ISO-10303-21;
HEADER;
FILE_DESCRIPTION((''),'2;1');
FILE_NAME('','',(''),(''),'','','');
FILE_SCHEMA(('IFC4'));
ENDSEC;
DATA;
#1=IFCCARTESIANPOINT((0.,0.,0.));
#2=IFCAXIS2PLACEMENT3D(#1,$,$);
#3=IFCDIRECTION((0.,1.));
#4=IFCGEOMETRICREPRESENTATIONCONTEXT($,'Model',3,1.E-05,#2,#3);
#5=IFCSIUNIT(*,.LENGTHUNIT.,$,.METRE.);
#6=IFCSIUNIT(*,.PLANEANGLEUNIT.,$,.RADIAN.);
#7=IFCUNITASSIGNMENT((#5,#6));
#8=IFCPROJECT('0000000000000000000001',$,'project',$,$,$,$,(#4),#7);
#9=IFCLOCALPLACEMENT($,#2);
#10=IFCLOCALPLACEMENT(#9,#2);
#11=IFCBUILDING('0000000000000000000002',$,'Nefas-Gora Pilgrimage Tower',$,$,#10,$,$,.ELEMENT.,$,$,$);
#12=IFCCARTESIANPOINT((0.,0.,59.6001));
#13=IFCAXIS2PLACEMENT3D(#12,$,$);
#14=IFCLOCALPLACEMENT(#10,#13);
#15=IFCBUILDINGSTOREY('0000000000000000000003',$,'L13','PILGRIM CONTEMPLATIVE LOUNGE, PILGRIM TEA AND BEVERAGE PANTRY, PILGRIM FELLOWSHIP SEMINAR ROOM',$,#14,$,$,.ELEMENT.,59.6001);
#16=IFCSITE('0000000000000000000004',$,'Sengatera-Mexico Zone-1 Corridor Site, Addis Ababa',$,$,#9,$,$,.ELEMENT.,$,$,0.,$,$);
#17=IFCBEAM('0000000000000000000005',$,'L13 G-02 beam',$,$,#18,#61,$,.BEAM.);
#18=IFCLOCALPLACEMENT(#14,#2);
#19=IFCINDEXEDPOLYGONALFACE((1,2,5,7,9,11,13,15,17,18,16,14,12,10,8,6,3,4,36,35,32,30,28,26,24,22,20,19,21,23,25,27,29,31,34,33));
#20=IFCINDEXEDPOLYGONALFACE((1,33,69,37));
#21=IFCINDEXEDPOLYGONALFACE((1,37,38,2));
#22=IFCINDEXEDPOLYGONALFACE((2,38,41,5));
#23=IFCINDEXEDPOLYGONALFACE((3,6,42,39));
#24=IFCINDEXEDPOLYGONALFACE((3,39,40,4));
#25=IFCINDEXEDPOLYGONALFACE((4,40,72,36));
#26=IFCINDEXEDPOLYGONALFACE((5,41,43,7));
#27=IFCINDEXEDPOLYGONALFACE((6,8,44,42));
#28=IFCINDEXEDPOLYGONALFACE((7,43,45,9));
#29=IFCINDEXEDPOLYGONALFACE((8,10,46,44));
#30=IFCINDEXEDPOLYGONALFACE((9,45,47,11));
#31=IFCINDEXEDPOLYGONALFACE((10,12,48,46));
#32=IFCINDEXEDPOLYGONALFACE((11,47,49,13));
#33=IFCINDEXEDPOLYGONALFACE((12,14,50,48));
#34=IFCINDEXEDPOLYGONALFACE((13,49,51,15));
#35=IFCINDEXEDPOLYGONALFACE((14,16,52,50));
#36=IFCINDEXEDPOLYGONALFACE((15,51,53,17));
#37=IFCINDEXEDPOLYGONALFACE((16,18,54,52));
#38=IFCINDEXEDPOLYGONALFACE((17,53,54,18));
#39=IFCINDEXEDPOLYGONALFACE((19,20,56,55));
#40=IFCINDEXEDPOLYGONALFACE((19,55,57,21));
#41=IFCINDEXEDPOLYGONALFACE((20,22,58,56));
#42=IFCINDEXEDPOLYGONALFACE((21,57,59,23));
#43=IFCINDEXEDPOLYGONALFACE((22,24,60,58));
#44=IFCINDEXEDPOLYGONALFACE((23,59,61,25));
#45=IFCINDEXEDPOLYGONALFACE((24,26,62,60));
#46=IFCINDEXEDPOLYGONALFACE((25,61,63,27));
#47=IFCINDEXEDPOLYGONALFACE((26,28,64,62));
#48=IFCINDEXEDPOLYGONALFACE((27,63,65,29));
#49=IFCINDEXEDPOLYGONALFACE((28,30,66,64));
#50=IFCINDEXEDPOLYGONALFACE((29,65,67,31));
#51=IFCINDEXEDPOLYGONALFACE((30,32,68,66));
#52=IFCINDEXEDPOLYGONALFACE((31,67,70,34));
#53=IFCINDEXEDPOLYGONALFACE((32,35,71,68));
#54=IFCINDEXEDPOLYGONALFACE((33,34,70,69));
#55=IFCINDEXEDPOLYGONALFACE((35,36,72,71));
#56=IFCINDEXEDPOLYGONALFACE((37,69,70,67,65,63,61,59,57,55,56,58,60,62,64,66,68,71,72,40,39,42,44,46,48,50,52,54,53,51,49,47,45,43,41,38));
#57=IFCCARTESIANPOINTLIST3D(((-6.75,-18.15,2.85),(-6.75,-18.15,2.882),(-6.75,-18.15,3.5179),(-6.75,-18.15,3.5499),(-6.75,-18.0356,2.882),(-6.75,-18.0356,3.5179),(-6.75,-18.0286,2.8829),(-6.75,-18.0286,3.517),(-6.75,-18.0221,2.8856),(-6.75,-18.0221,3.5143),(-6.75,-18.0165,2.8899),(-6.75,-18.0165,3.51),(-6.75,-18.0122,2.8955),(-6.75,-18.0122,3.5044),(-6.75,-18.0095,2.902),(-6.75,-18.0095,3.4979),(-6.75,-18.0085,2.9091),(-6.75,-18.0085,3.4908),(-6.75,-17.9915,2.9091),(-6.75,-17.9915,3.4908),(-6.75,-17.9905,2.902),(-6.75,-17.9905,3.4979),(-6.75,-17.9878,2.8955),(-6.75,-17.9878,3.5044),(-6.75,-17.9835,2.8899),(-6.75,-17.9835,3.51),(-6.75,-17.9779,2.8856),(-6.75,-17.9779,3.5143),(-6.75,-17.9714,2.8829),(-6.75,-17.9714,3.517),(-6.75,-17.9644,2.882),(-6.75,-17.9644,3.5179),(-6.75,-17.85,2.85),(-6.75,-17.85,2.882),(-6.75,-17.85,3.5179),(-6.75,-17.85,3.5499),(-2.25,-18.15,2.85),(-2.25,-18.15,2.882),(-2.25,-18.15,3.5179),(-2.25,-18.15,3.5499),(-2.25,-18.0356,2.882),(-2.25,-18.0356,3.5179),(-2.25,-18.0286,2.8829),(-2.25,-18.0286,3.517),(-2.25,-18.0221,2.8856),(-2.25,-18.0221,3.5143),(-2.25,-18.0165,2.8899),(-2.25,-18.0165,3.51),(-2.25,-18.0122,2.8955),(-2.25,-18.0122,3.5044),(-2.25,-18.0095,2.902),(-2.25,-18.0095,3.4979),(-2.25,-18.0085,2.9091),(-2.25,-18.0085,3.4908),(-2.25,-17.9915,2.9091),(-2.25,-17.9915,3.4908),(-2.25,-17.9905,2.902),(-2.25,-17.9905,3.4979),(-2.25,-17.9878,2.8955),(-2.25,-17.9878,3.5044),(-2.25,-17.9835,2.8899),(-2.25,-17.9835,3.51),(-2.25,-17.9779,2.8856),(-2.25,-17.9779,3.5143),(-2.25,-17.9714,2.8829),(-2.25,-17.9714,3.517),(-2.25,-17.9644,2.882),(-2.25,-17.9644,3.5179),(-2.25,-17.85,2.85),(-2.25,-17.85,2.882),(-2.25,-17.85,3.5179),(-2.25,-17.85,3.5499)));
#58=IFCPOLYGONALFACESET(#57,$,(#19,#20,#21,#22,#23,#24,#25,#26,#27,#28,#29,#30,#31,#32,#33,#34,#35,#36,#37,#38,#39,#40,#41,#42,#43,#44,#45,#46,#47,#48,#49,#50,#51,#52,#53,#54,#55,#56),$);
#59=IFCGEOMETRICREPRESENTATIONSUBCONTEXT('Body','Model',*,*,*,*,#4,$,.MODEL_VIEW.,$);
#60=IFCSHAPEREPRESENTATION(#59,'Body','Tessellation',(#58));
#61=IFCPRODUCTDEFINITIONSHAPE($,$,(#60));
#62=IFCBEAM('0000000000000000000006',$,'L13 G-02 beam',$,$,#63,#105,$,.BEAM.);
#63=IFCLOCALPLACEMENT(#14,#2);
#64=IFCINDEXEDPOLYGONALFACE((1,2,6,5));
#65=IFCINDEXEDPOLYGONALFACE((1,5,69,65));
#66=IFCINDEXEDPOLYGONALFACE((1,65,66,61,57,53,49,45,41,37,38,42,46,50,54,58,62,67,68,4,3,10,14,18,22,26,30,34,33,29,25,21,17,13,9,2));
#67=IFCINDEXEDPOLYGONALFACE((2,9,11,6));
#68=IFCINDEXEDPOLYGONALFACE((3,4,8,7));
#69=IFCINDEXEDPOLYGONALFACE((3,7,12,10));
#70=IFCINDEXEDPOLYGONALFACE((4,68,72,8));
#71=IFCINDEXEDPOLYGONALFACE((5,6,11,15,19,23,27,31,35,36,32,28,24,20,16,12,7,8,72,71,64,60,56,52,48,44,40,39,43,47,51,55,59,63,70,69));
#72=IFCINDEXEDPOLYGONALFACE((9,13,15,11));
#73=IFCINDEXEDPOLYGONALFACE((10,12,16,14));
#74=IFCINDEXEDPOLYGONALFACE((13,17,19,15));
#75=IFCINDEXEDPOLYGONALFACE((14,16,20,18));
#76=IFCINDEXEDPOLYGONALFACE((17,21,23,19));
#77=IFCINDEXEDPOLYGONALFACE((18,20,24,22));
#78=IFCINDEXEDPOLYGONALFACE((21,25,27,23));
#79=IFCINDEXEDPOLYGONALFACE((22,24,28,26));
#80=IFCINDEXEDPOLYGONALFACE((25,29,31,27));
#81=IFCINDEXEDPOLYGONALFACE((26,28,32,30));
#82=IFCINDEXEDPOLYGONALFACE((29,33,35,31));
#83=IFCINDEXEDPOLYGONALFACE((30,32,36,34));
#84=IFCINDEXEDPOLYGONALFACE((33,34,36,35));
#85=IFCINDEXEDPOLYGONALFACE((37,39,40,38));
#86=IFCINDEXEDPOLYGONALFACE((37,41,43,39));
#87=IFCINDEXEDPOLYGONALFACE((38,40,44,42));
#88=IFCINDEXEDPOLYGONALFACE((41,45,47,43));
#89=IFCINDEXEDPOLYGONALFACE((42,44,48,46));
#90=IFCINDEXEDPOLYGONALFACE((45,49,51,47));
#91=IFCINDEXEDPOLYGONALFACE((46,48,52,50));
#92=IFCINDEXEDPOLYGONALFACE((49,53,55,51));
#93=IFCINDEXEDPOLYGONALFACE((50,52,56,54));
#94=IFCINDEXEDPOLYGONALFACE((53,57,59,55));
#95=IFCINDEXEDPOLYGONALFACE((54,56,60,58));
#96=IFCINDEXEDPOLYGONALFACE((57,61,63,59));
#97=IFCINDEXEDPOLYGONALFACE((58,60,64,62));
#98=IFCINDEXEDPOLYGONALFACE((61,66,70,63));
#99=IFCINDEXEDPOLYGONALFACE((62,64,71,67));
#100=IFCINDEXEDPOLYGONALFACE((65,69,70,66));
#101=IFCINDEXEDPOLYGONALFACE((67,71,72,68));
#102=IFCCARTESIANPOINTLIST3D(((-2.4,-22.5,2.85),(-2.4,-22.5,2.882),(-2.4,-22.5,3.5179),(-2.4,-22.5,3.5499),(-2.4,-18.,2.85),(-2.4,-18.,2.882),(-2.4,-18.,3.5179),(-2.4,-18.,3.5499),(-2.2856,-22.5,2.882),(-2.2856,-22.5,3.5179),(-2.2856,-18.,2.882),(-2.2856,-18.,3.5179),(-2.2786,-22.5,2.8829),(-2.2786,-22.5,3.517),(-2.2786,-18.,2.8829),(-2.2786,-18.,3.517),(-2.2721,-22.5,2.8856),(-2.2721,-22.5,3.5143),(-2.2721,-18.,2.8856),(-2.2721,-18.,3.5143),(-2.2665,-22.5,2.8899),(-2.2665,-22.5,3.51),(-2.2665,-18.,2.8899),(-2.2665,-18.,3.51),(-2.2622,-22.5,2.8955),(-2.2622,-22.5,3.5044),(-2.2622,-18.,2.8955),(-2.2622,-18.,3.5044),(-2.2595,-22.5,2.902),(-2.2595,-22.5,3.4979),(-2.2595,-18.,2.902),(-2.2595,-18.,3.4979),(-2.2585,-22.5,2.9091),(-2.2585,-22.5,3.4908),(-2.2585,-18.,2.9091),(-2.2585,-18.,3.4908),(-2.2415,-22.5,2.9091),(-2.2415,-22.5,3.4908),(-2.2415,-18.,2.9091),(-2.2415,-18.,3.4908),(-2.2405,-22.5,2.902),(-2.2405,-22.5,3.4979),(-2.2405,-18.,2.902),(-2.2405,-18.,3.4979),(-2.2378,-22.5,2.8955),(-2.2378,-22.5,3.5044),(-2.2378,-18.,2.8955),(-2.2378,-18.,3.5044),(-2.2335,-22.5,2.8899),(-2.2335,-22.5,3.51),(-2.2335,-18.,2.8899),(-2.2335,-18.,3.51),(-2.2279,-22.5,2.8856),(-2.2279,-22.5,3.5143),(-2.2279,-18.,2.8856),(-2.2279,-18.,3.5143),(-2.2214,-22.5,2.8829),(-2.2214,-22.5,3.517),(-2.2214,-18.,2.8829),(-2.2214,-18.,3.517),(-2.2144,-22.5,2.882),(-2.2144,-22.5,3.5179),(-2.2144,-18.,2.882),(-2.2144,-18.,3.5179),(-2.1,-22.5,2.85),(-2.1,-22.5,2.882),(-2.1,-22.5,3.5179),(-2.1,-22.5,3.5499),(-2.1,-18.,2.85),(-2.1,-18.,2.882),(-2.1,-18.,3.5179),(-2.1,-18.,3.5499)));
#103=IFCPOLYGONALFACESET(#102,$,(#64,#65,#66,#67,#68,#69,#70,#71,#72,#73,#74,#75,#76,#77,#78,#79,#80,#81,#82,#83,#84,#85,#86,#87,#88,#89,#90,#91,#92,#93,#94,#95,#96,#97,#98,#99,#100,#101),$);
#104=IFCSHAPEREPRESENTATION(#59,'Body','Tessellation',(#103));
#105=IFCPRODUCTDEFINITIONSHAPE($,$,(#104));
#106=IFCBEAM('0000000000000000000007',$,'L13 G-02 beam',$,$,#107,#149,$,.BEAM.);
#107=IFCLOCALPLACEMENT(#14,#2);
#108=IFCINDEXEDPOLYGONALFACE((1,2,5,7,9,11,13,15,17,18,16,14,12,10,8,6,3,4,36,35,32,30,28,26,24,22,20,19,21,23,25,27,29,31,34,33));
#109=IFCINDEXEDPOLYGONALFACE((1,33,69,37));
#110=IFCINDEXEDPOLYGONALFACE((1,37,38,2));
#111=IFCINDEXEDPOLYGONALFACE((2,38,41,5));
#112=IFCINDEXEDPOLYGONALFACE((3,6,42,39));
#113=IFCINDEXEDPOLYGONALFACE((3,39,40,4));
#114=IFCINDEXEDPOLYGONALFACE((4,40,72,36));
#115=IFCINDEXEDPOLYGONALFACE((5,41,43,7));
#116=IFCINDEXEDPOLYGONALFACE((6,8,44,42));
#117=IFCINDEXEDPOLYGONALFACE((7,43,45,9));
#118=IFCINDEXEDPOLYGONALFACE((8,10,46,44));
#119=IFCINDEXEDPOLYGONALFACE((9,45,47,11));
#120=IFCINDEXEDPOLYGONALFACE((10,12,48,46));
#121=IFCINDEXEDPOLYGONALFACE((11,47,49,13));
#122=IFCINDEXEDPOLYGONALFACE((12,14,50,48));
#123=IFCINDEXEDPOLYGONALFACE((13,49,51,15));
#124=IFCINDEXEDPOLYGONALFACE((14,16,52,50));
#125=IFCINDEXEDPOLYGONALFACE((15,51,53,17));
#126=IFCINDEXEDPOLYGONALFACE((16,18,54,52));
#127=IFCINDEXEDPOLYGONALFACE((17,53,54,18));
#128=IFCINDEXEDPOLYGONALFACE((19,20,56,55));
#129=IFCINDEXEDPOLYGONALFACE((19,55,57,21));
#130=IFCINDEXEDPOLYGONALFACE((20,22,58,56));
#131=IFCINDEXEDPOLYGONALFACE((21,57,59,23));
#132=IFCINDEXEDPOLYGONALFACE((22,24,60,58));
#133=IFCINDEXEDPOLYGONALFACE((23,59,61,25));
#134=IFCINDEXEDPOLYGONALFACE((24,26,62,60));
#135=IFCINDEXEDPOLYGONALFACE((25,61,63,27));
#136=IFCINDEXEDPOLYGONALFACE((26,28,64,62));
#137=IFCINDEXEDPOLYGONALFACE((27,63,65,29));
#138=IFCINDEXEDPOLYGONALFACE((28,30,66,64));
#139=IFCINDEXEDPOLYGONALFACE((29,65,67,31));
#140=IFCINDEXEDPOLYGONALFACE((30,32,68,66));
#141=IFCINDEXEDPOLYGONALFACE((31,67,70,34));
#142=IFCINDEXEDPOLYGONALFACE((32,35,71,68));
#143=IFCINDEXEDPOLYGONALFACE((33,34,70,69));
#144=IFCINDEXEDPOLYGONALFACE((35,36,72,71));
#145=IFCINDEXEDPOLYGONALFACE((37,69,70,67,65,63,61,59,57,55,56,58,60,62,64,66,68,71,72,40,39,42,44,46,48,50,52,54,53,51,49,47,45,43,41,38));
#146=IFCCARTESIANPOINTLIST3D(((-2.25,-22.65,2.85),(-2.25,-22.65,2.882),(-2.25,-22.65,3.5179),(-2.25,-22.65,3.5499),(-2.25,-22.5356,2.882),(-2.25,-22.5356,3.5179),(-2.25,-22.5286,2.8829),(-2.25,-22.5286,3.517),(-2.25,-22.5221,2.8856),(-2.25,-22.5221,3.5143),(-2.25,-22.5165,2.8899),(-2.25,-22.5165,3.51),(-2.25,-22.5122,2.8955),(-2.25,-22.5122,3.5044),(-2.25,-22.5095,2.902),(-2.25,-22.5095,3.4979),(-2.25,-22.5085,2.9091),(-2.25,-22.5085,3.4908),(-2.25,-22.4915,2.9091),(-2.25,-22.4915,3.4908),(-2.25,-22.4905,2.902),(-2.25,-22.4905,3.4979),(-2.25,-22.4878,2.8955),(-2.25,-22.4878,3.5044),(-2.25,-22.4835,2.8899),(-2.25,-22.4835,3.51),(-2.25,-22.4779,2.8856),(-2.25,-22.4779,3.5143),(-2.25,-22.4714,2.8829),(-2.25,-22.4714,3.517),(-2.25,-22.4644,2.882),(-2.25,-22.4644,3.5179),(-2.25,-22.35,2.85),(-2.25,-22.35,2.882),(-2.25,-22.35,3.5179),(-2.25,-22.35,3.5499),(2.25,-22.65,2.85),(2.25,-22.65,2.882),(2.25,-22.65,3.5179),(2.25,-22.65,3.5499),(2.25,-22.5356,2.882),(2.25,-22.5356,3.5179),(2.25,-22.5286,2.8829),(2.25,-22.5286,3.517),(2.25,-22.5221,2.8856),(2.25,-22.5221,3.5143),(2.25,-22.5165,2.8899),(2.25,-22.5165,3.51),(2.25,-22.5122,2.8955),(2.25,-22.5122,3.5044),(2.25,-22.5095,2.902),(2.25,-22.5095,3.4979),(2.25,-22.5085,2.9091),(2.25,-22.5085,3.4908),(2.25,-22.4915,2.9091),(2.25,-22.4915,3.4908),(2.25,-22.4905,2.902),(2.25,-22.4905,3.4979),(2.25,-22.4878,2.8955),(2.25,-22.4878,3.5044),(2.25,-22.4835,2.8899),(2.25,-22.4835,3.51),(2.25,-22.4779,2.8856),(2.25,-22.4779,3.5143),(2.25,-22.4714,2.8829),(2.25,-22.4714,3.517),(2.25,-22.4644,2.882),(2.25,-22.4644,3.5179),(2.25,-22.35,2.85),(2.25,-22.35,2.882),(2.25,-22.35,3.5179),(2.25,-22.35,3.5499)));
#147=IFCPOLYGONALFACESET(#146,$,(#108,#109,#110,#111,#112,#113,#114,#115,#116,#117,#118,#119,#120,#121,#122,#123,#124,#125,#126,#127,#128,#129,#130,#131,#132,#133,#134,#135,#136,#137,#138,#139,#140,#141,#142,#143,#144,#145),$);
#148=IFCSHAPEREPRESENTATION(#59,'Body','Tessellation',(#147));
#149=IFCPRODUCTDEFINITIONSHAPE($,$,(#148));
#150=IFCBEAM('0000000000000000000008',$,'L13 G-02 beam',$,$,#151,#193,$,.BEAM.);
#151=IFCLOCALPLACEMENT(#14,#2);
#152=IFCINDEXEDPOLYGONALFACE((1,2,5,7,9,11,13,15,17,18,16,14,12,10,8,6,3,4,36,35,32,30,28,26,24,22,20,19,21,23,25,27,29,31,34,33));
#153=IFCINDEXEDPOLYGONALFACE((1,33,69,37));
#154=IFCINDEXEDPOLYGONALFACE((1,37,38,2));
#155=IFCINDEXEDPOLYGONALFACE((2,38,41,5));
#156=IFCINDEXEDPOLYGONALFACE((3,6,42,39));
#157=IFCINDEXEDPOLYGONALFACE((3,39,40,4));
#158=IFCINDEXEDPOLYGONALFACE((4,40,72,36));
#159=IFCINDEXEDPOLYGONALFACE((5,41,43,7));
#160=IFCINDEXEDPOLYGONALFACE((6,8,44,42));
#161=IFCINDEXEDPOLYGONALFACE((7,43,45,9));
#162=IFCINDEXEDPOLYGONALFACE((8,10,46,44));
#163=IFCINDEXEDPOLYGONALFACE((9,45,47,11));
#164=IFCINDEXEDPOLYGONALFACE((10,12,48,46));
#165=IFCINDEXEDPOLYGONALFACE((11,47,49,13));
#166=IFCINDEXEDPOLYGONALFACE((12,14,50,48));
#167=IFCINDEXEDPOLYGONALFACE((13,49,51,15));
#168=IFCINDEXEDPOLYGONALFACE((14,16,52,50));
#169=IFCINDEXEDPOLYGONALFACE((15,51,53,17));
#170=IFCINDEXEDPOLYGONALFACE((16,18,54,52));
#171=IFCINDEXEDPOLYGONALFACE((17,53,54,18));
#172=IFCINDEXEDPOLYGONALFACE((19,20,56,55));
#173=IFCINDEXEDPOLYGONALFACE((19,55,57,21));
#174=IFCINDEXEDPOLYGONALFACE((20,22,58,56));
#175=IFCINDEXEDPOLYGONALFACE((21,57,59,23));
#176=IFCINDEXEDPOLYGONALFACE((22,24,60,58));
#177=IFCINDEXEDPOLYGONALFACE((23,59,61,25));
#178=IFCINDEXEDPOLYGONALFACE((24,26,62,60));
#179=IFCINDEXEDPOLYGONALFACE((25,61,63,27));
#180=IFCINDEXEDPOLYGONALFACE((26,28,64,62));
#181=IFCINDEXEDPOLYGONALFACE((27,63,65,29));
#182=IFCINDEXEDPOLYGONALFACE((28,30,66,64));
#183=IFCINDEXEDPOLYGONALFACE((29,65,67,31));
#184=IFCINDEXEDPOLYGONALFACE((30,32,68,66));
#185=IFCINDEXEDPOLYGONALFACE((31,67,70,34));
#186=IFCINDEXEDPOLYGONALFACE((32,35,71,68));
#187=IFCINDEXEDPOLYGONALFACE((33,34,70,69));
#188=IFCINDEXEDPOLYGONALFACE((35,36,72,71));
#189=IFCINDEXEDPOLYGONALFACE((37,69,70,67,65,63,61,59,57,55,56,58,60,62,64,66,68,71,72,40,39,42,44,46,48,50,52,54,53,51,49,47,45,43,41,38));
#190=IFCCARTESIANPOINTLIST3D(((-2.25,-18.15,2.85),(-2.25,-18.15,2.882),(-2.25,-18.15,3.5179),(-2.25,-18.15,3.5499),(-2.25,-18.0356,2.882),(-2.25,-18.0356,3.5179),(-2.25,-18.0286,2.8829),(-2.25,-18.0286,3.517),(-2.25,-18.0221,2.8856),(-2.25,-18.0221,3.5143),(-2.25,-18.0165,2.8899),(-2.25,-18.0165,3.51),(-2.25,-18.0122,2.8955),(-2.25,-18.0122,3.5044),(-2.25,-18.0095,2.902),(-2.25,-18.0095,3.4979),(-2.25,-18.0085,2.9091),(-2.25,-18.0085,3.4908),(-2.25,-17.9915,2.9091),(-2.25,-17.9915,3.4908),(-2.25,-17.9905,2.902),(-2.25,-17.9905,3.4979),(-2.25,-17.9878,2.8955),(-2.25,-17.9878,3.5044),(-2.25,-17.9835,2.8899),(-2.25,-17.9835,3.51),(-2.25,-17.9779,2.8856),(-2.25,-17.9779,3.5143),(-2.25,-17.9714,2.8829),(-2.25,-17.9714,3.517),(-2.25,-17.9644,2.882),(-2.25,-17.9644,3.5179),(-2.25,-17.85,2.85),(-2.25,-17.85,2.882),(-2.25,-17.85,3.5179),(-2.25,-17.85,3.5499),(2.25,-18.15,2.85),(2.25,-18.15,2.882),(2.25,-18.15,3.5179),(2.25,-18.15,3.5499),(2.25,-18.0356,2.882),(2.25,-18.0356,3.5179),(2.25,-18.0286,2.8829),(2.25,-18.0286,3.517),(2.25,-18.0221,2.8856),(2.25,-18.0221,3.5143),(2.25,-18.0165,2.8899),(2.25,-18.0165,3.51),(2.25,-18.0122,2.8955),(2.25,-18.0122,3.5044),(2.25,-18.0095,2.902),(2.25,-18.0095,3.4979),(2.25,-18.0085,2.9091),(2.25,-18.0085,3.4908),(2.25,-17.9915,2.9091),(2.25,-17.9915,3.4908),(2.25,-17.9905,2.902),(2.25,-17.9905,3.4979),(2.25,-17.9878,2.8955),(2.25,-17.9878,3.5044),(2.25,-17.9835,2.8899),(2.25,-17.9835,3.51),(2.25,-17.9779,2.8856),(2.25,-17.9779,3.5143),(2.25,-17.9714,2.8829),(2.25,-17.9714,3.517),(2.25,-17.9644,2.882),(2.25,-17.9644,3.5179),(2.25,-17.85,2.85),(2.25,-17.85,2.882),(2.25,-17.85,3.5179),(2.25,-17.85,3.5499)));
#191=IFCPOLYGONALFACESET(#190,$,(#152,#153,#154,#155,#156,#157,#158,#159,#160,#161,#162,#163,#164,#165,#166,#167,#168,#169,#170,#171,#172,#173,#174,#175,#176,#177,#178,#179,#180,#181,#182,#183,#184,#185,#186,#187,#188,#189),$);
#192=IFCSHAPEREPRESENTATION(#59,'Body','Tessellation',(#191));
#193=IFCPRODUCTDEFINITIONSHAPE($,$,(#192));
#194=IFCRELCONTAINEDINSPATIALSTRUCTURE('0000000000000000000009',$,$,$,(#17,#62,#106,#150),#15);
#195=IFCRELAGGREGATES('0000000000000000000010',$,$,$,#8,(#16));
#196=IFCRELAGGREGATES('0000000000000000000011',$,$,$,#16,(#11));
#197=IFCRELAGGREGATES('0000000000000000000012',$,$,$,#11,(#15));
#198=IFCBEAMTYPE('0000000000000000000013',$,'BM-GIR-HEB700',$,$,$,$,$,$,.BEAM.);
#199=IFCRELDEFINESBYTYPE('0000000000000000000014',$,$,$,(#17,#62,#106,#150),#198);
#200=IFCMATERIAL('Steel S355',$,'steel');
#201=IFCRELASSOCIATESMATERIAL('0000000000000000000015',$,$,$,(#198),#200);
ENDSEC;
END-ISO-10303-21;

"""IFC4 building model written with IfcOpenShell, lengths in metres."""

from ifc_helpers import new_model, si_unit, direction, frame, origin, origin_2d, place, context, subcontext, project, spatial, i_section, extrude, source, transform, mapped, material, material_profile, profile_set, type_object, element, save


model = new_model("IFC4")

# Units and contexts
model_context = context("Model", 3, precision=1e-05, world=origin(), true_north=direction((0.0, 1.0)))
body_context = subcontext(model_context, "Body", "Model", "MODEL_VIEW")
ifc_project = project(units=[si_unit("LENGTHUNIT", "METRE"), si_unit("PLANEANGLEUNIT", "RADIAN")], contexts=[model_context])

# Site, building, storey
site_placement = place(None, origin())
site = spatial("IfcSite", under=ifc_project, at=site_placement, Name="Sengatera-Mexico Zone-1 Corridor Site, Addis Ababa", CompositionType="ELEMENT", RefElevation=0.0)
building_placement = place(site_placement, origin())
building = spatial("IfcBuilding", under=site, at=building_placement, Name="Nefas-Gora Pilgrimage Tower", CompositionType="ELEMENT")
storey_placement = place(building_placement, frame((0.0, 0.0, 59.6001)))
storey = spatial("IfcBuildingStorey", under=building, at=storey_placement, Name="L13", Description="PILGRIM CONTEMPLATIVE LOUNGE, PILGRIM TEA AND BEVERAGE PANTRY, PILGRIM FELLOWSHIP SEMINAR ROOM", CompositionType="ELEMENT", Elevation=59.6001)

# Beams
ifc_material_1 = material(Name="Steel S355", Category="steel")
ifc_material_profile_1 = material_profile(ifc_material_1, i_section(OverallWidth=0.3, OverallDepth=0.7, WebThickness=0.0171, FlangeThickness=0.032, FilletRadius=0.0271, at=origin_2d()), Name="HEB 700")
ifc_profile_set_1 = profile_set([ifc_material_profile_1], Name="Steel S355")
beam_type = type_object("IfcBeamType", Name="BM-GIR-HEB700", PredefinedType="BEAM", material=ifc_profile_set_1)
shared_shape_1 = source(origin(), body_context, "Body", "SweptSolid", [
    extrude(i_section(OverallWidth=0.3, OverallDepth=0.7, WebThickness=0.0171, FlangeThickness=0.032, FilletRadius=0.0271, at=origin_2d()), origin(), (0.0, 0.0, 1.0), 4.5),
])
for number, where, z_axis, x_axis, name in (
    (1, (-6.75, -18.0, 3.2), (1.0, 0.0, 0.0), (0.0, 1.0, 0.0), "L13 G-02 beam"),
    (2, (-2.25, -22.5, 3.2), (0.0, 1.0, 0.0), (-1.0, 0.0, 0.0), "L13 G-02 beam"),
    (3, (-2.25, -22.5, 3.2), (1.0, 0.0, 0.0), (0.0, 1.0, 0.0), "L13 G-02 beam"),
    (4, (-2.25, -18.0, 3.2), (1.0, 0.0, 0.0), (0.0, 1.0, 0.0), "L13 G-02 beam"),
):
    element("IfcBeam", number, at=place(storey_placement, frame(where, z_axis=z_axis, x_axis=x_axis)), inside=storey, type_object=beam_type, Name=name, PredefinedType="BEAM", context=body_context, shape_type="MappedRepresentation", body=[
        mapped(shared_shape_1, transform((0.0, 0.0, 0.0), x_axis=(1.0, 0.0, 0.0), y_axis=(0.0, 1.0, 0.0), z_axis=(0.0, 0.0, 1.0), scale=1.0)),
    ])

save(model, "model.ifc")
